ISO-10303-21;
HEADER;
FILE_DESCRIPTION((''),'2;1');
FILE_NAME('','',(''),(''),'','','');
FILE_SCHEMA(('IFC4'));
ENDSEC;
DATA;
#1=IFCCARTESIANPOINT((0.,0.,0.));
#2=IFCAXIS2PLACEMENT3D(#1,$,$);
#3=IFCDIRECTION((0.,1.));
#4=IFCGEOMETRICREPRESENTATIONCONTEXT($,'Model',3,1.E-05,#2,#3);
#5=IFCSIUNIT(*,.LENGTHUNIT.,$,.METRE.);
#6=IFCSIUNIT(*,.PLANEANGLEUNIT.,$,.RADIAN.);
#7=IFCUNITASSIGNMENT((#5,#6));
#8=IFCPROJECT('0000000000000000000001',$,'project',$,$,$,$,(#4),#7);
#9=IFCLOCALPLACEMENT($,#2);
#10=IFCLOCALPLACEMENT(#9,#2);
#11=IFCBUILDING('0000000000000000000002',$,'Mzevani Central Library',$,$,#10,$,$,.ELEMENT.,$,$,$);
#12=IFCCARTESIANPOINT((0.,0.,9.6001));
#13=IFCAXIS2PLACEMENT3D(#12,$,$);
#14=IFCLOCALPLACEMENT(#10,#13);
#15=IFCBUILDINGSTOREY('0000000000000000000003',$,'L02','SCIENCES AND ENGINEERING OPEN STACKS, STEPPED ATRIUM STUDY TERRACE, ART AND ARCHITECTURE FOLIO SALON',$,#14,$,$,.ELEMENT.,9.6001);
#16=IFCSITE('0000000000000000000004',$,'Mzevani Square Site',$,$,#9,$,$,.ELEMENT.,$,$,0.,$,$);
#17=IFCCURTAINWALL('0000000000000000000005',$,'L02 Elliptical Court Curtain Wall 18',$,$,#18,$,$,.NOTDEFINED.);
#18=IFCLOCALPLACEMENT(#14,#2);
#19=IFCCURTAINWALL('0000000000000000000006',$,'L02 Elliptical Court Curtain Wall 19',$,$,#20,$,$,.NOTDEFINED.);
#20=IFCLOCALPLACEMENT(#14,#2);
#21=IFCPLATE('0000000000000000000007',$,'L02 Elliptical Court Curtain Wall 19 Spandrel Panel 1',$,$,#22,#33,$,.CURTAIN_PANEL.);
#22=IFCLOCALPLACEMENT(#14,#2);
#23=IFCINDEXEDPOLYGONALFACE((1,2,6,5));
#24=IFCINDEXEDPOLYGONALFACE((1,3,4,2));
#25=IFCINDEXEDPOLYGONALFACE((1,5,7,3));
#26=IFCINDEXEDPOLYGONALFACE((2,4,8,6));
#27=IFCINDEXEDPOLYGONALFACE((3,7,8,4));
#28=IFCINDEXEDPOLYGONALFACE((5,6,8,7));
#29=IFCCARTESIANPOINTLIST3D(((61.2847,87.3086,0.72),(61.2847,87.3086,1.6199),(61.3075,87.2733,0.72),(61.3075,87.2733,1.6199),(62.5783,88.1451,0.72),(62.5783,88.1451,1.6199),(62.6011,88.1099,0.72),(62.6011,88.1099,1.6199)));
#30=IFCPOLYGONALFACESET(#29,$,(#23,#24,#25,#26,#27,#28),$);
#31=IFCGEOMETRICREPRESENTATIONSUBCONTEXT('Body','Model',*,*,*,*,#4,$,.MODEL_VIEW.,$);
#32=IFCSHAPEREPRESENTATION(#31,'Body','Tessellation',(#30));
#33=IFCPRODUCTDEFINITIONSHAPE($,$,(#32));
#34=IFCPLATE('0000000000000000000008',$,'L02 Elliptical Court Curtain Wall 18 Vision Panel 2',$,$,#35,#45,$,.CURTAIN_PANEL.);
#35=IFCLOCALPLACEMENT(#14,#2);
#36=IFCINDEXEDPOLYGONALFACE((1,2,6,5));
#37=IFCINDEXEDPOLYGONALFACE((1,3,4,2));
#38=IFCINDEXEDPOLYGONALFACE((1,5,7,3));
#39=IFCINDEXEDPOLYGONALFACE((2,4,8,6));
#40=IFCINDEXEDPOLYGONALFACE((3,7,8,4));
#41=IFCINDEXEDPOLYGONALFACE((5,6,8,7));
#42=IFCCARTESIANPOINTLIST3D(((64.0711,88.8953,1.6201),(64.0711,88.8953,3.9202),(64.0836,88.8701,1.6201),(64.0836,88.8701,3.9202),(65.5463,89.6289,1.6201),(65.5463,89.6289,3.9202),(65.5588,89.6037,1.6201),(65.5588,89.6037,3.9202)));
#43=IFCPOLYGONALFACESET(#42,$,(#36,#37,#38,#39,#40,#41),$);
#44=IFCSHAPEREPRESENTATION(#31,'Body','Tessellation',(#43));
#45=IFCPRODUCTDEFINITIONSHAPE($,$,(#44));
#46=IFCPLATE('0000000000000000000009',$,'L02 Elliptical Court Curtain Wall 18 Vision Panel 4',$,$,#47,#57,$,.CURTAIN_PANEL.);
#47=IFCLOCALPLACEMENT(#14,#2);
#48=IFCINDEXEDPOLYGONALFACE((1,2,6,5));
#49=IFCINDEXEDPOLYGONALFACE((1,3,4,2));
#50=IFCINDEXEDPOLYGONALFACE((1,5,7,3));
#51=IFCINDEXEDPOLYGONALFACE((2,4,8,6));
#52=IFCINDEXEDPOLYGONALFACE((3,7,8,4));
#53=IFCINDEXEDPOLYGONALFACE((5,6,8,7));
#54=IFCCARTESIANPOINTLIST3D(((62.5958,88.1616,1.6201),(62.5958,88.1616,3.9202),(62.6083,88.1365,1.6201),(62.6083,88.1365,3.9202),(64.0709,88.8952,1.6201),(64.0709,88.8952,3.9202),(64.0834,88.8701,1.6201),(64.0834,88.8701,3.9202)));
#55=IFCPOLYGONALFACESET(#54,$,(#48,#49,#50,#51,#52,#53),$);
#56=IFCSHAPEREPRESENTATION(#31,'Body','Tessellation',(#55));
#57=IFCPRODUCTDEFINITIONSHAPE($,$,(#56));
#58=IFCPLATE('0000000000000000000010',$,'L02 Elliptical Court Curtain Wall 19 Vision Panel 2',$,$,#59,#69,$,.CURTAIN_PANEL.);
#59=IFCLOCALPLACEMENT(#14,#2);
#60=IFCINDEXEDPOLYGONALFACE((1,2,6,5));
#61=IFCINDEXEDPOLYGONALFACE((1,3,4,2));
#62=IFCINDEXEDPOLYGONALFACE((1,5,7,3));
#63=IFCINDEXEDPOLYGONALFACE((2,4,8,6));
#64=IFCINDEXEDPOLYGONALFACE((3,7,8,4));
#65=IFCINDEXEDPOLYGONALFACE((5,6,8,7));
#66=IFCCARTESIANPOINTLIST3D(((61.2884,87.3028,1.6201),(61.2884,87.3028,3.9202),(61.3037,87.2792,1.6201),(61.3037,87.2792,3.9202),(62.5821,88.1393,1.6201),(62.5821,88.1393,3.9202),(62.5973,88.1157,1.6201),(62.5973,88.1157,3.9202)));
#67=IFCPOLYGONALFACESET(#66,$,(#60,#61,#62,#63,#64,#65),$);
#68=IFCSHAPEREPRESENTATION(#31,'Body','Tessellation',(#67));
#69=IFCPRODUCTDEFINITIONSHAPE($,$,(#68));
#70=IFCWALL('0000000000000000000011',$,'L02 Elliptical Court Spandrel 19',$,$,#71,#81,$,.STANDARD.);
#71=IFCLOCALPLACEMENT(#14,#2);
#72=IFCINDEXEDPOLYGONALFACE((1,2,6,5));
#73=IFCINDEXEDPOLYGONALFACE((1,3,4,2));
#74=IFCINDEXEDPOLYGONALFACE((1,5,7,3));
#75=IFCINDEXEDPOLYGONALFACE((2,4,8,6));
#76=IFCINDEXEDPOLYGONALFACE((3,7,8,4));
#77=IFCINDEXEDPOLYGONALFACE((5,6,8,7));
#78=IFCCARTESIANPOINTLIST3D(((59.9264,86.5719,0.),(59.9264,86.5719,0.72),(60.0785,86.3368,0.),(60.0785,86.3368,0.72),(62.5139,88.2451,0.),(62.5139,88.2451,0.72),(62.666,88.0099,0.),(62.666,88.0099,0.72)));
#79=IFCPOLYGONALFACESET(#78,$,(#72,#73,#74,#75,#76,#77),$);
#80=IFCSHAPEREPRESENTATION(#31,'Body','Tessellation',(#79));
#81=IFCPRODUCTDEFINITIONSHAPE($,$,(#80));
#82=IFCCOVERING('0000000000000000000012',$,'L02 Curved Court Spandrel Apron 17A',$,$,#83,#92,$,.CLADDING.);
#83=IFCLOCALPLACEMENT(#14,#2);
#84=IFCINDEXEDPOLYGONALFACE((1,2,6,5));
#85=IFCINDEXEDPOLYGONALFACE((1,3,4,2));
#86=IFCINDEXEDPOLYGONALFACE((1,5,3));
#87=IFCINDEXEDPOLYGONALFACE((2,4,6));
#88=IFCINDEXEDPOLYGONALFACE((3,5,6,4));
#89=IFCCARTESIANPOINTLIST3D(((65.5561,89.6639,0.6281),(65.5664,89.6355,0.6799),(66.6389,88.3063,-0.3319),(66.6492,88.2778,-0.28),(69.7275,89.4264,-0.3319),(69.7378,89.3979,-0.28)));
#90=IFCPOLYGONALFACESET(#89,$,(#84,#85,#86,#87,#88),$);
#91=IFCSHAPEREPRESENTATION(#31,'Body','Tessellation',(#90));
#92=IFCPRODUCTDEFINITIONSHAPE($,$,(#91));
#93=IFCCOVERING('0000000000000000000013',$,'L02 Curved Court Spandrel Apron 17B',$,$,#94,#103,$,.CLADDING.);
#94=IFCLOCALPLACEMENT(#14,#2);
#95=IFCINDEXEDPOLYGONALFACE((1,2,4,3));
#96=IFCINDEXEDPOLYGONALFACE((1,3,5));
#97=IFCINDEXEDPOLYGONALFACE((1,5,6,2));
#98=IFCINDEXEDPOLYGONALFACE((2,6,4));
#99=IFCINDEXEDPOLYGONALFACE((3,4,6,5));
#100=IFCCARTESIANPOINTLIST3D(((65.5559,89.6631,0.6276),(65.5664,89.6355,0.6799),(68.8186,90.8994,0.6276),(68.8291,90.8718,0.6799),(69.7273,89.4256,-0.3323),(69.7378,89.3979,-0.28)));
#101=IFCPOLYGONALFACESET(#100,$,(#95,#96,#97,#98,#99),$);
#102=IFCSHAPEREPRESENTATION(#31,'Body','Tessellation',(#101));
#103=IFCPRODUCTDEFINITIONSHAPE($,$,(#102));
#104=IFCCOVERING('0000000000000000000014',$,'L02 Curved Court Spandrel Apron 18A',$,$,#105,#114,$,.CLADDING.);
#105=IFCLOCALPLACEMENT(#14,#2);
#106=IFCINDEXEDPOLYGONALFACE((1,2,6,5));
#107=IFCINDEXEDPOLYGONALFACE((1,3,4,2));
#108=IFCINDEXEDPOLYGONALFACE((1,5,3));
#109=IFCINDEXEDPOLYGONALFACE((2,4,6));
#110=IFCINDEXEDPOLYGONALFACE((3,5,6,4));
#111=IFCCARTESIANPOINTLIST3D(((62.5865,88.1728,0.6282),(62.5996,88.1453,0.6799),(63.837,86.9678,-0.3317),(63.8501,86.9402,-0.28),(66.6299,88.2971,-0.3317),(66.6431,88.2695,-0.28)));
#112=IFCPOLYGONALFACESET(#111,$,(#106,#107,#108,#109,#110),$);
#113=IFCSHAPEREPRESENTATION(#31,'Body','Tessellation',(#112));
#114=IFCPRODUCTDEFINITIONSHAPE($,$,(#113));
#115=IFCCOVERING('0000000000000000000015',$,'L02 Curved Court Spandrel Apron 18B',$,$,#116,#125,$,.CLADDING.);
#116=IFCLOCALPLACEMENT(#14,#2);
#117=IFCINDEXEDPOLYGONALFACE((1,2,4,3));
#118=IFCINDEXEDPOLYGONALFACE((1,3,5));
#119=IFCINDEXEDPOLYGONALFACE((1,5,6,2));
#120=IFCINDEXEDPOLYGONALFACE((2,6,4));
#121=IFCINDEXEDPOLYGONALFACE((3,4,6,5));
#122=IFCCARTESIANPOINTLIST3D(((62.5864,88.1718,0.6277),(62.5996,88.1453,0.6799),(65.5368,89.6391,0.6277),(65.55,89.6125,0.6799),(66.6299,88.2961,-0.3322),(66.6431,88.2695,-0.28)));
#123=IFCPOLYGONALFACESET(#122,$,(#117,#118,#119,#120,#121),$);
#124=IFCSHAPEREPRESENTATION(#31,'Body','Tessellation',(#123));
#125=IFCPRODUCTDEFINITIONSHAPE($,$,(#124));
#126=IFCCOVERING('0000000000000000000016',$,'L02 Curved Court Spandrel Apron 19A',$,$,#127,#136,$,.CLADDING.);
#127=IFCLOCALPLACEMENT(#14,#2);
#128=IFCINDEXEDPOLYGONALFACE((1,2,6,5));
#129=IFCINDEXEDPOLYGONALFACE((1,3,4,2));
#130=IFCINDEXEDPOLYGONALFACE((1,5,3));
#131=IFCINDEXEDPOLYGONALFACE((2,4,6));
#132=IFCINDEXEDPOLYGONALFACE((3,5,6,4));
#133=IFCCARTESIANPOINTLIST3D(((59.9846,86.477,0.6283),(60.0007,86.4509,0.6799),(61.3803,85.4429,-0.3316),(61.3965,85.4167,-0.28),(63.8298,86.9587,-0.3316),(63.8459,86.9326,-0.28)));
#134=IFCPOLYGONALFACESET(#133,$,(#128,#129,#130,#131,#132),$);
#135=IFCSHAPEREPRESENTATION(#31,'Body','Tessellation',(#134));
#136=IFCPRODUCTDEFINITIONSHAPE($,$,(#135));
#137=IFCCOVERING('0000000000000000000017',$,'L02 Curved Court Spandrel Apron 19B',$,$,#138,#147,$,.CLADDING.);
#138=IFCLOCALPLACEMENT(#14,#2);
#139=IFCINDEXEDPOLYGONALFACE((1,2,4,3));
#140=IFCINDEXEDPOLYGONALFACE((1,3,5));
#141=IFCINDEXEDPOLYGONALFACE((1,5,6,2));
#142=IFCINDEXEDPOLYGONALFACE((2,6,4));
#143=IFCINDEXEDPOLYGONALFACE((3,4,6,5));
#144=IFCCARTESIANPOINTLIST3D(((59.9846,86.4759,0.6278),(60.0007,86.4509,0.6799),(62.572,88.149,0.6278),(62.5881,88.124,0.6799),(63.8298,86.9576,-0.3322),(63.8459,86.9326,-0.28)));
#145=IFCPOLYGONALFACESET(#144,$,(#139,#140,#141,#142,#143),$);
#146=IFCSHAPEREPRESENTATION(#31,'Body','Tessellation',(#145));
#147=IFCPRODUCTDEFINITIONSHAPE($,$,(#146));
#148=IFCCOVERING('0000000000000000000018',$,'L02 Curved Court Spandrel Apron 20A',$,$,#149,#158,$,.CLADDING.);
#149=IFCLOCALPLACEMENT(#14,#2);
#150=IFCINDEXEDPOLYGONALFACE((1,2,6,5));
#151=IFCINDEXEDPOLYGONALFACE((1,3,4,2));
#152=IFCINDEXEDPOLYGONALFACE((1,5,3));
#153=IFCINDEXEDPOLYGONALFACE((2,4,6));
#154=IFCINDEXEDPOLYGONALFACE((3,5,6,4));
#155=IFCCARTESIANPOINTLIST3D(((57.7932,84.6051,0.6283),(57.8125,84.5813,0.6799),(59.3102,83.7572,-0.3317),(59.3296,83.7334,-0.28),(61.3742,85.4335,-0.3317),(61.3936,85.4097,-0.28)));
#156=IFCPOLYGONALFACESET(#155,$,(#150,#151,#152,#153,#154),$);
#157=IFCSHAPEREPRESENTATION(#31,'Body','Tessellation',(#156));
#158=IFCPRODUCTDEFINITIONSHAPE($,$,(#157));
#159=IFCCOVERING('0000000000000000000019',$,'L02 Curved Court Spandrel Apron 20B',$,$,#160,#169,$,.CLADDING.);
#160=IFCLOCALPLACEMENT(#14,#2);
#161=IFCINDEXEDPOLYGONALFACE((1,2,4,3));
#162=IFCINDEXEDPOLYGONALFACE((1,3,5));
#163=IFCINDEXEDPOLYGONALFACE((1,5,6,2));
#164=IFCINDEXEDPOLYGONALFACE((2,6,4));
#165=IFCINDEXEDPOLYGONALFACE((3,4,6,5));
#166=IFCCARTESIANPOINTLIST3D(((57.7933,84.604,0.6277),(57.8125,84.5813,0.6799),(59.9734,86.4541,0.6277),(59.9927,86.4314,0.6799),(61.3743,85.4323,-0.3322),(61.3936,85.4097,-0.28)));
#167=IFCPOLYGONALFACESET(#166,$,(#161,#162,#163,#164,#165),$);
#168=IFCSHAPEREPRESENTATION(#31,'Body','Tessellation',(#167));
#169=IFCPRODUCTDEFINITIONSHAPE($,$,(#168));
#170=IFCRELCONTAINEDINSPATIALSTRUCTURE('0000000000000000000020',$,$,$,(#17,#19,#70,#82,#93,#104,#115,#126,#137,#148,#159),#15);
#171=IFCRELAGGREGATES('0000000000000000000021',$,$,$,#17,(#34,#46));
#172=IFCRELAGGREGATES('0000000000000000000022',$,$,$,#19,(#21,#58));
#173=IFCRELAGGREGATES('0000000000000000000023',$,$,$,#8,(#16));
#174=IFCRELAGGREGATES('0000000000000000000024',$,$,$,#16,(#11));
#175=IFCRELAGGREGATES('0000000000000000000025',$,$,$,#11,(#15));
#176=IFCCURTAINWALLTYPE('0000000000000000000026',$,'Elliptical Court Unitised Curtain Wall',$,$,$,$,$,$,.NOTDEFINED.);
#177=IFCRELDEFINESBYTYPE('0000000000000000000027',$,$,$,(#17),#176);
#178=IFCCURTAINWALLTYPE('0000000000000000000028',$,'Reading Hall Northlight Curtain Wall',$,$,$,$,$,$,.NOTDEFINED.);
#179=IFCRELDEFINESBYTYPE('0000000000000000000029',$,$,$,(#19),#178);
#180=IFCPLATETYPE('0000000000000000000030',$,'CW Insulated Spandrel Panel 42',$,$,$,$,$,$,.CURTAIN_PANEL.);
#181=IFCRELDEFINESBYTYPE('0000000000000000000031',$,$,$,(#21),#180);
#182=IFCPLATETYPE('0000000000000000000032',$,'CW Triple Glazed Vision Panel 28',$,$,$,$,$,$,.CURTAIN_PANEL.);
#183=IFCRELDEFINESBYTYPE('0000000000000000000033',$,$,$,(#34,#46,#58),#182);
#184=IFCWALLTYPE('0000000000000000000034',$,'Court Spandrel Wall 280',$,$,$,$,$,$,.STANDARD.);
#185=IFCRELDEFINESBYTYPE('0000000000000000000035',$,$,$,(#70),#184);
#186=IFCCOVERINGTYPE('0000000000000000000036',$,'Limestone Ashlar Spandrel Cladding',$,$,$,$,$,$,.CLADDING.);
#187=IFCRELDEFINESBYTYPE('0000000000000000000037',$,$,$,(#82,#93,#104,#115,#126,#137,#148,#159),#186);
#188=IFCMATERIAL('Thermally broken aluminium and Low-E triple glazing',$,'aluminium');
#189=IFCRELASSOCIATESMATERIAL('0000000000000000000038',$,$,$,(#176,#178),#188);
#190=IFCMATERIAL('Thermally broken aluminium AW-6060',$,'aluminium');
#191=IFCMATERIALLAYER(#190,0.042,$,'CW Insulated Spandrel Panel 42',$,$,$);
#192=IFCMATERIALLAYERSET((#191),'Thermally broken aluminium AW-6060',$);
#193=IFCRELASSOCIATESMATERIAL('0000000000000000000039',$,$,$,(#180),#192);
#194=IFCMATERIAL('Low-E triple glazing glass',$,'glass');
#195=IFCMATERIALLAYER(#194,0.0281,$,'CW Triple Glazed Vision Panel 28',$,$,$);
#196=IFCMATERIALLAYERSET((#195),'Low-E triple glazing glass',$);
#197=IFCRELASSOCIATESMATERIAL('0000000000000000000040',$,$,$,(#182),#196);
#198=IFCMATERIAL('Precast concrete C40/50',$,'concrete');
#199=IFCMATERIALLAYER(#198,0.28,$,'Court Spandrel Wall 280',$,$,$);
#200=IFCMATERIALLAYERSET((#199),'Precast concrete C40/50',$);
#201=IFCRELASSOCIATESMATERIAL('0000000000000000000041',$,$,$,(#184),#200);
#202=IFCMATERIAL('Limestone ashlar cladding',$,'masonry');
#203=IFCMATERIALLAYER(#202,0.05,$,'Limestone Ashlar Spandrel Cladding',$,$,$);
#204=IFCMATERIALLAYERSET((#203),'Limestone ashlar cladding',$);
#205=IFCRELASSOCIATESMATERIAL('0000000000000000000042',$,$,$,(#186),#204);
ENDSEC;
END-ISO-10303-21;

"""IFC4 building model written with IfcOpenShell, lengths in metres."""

from ifc_helpers import new_model, si_unit, direction, frame, frame_2d, origin, origin_2d, place, context, subcontext, project, spatial, polyline, rectangle, outline, extrude, material, layer, layer_set, type_object, element, aggregate, save


model = new_model("IFC4")

# Units and contexts
model_context = context("Model", 3, precision=1e-05, world=origin(), true_north=direction((0.0, 1.0)))
body_context = subcontext(model_context, "Body", "Model", "MODEL_VIEW")
ifc_project = project(units=[si_unit("LENGTHUNIT", "METRE"), si_unit("PLANEANGLEUNIT", "RADIAN")], contexts=[model_context])

# Site, building, storey
site_placement = place(None, origin())
site = spatial("IfcSite", under=ifc_project, at=site_placement, Name="Mzevani Square Site", CompositionType="ELEMENT", RefElevation=0.0)
building_placement = place(site_placement, origin())
building = spatial("IfcBuilding", under=site, at=building_placement, Name="Mzevani Central Library", CompositionType="ELEMENT")
storey_placement = place(building_placement, frame((0.0, 0.0, 9.6001)))
storey = spatial("IfcBuildingStorey", under=building, at=storey_placement, Name="L02", Description="SCIENCES AND ENGINEERING OPEN STACKS, STEPPED ATRIUM STUDY TERRACE, ART AND ARCHITECTURE FOLIO SALON", CompositionType="ELEMENT", Elevation=9.6001)

# Curtain wall
ifc_material_1 = material(Name="Thermally broken aluminium and Low-E triple glazing", Category="aluminium")
curtain_wall_type_1 = type_object("IfcCurtainWallType", Name="Elliptical Court Unitised Curtain Wall", PredefinedType="NOTDEFINED", material=ifc_material_1)
curtain_wall_1_placement = place(storey_placement, origin())
curtain_wall_1 = element("IfcCurtainWall", 1, at=curtain_wall_1_placement, inside=storey, type_object=curtain_wall_type_1, Name="L02 Elliptical Court Curtain Wall 18", PredefinedType="NOTDEFINED")
ifc_material_2 = material(Name="Thermally broken aluminium AW-6060", Category="aluminium")

# Curtain wall
curtain_wall_type_2 = type_object("IfcCurtainWallType", Name="Reading Hall Northlight Curtain Wall", PredefinedType="NOTDEFINED", material=ifc_material_1)
curtain_wall_2_placement = place(storey_placement, origin())
curtain_wall_2 = element("IfcCurtainWall", 2, at=curtain_wall_2_placement, inside=storey, type_object=curtain_wall_type_2, Name="L02 Elliptical Court Curtain Wall 19", PredefinedType="NOTDEFINED")

# Plates
ifc_layer_1 = layer(ifc_material_2, 0.042, Name="CW Insulated Spandrel Panel 42")
ifc_layer_set_1 = layer_set([ifc_layer_1], Name="Thermally broken aluminium AW-6060")
plate_type_1 = type_object("IfcPlateType", Name="CW Insulated Spandrel Panel 42", PredefinedType="CURTAIN_PANEL", material=ifc_layer_set_1)
plate_1_placement = place(storey_placement, frame((61.9429, 87.7092, 0.72), z_axis=(0.0, 0.0, 1.0), x_axis=(-0.839733, -0.543, 0.0)))
plate_1 = element("IfcPlate", 3, at=plate_1_placement, type_object=plate_type_1, Name="L02 Elliptical Court Curtain Wall 19 Spandrel Panel 1", PredefinedType="CURTAIN_PANEL", context=body_context, shape_type="SweptSolid", body=[
    extrude(rectangle(XDim=1.5405, YDim=0.042, at=origin_2d()), origin(), (0.0, 0.0, 1.0), 0.8999),
])
ifc_material_3 = material(Name="Low-E triple glazing glass", Category="glass")
ifc_layer_2 = layer(ifc_material_3, 0.0281, Name="CW Triple Glazed Vision Panel 28")
ifc_layer_set_2 = layer_set([ifc_layer_2], Name="Low-E triple glazing glass")
plate_type_2 = type_object("IfcPlateType", Name="CW Triple Glazed Vision Panel 28", PredefinedType="CURTAIN_PANEL", material=ifc_layer_set_2)
plate_2_placement = place(storey_placement, frame((64.8149, 89.2495, 1.6201), z_axis=(0.0, 0.0, 1.0), x_axis=(-0.89539, -0.445282, 0.0)))
plate_2 = element("IfcPlate", 4, at=plate_2_placement, type_object=plate_type_2, Name="L02 Elliptical Court Curtain Wall 18 Vision Panel 2", PredefinedType="CURTAIN_PANEL", context=body_context, shape_type="SweptSolid", body=[
    extrude(rectangle(XDim=1.6475, YDim=0.0281, at=origin_2d()), origin(), (0.0, 0.0, 1.0), 2.3),
])
plate_3_placement = place(storey_placement, frame((63.3396, 88.5159, 1.6201), z_axis=(0.0, 0.0, 1.0), x_axis=(-0.89539, -0.445282, 0.0)))
plate_3 = element("IfcPlate", 5, at=plate_3_placement, type_object=plate_type_2, Name="L02 Elliptical Court Curtain Wall 18 Vision Panel 4", PredefinedType="CURTAIN_PANEL", context=body_context, shape_type="SweptSolid", body=[
    extrude(rectangle(XDim=1.6475, YDim=0.0281, at=origin_2d()), origin(), (0.0, 0.0, 1.0), 2.3),
])
aggregate(curtain_wall_1, [plate_2, plate_3])
plate_4_placement = place(storey_placement, frame((61.9429, 87.7092, 1.6201), z_axis=(0.0, 0.0, 1.0), x_axis=(-0.839733, -0.543, 0.0)))
plate_4 = element("IfcPlate", 6, at=plate_4_placement, type_object=plate_type_2, Name="L02 Elliptical Court Curtain Wall 19 Vision Panel 2", PredefinedType="CURTAIN_PANEL", context=body_context, shape_type="SweptSolid", body=[
    extrude(rectangle(XDim=1.5405, YDim=0.0281, at=origin_2d()), origin(), (0.0, 0.0, 1.0), 2.3),
])
aggregate(curtain_wall_2, [plate_1, plate_4])

# Wall
ifc_material_4 = material(Name="Precast concrete C40/50", Category="concrete")
ifc_layer_3 = layer(ifc_material_4, 0.28, Name="Court Spandrel Wall 280")
ifc_layer_set_3 = layer_set([ifc_layer_3], Name="Precast concrete C40/50")
wall_type = type_object("IfcWallType", Name="Court Spandrel Wall 280", PredefinedType="STANDARD", material=ifc_layer_set_3)
wall_placement = place(storey_placement, frame((62.5898, 88.1274, 0.0), z_axis=(0.0, 0.0, 1.0), x_axis=(-0.839734, -0.542998, 0.0)))
element("IfcWall", 7, at=wall_placement, inside=storey, type_object=wall_type, Name="L02 Elliptical Court Spandrel 19", PredefinedType="STANDARD", context=body_context, shape_type="SweptSolid", body=[
    extrude(rectangle(XDim=3.0813, YDim=0.28, at=frame_2d((1.5405, 0.0))), origin(), (0.0, 0.0, 1.0), 0.72),
])

# Coverings
ifc_material_5 = material(Name="Limestone ashlar cladding", Category="masonry")
ifc_layer_4 = layer(ifc_material_5, 0.05, Name="Limestone Ashlar Spandrel Cladding")
ifc_layer_set_4 = layer_set([ifc_layer_4], Name="Limestone ashlar cladding")
covering_type = type_object("IfcCoveringType", Name="Limestone Ashlar Spandrel Cladding", PredefinedType="CLADDING", material=ifc_layer_set_4)
covering_1_placement = place(storey_placement, frame((69.7378, 89.3979, -0.28), z_axis=(0.171799, -0.47372, 0.863756), x_axis=(-0.940088, -0.340931, 0.0)))
element("IfcCovering", 8, at=covering_1_placement, inside=storey, type_object=covering_type, Name="L02 Curved Court Spandrel Apron 17A", PredefinedType="CLADDING", context=body_context, shape_type="SweptSolid", body=[
    extrude(outline(polyline([(0.0, 0.0), (3.2855, 0.0), (3.8405, -1.905), (0.0, 0.0)])), origin(), (0.0, 0.0, -1.0), 0.0601),
])
covering_2_placement = place(storey_placement, frame((69.7378, 89.3979, -0.28), z_axis=(0.174213, -0.459753, 0.870791), x_axis=(-0.97303, 0.055411, 0.223923)))
element("IfcCovering", 9, at=covering_2_placement, inside=storey, type_object=covering_type, Name="L02 Curved Court Spandrel Apron 17B", PredefinedType="CLADDING", context=body_context, shape_type="SweptSolid", body=[
    extrude(outline(polyline([(0.0, 0.0), (4.287, 0.0), (1.1808, -1.5891), (0.0, 0.0)])), origin(), (0.0, 0.0, -1.0), 0.0601),
])
covering_3_placement = place(storey_placement, frame((66.6431, 88.2695, -0.28), z_axis=(0.218536, -0.459147, 0.861061), x_axis=(-0.902941, -0.429765, 0.0)))
element("IfcCovering", 10, at=covering_3_placement, inside=storey, type_object=covering_type, Name="L02 Curved Court Spandrel Apron 18A", PredefinedType="CLADDING", context=body_context, shape_type="SweptSolid", body=[
    extrude(outline(polyline([(0.0, 0.0), (3.0932, 0.0), (3.7044, -1.8878), (0.0, 0.0)])), origin(), (0.0, 0.0, -1.0), 0.0601),
])
covering_4_placement = place(storey_placement, frame((66.6431, 88.2695, -0.28), z_axis=(0.220005, -0.44239, 0.869418), x_axis=(-0.972521, -0.029889, 0.230887)))
element("IfcCovering", 11, at=covering_4_placement, inside=storey, type_object=covering_type, Name="L02 Curved Court Spandrel Apron 18B", PredefinedType="CLADDING", context=body_context, shape_type="SweptSolid", body=[
    extrude(outline(polyline([(0.0, 0.0), (4.1577, 0.0), (1.2445, -1.5399), (0.0, 0.0)])), origin(), (0.0, 0.0, -1.0), 0.0601),
])
covering_5_placement = place(storey_placement, frame((63.8459, 86.9326, -0.28), z_axis=(0.269019, -0.434702, 0.859455), x_axis=(-0.850337, -0.526238, 0.0)))
element("IfcCovering", 12, at=covering_5_placement, inside=storey, type_object=covering_type, Name="L02 Curved Court Spandrel Apron 19A", PredefinedType="CLADDING", context=body_context, shape_type="SweptSolid", body=[
    extrude(outline(polyline([(0.0, 0.0), (2.8806, 0.0), (3.5232, -1.8778), (0.0, 0.0)])), origin(), (0.0, 0.0, -1.0), 0.0601),
])
covering_6_placement = place(storey_placement, frame((63.8459, 86.9326, -0.28), z_axis=(0.268977, -0.415967, 0.86869), x_axis=(-0.963135, -0.120652, 0.240447)))
element("IfcCovering", 13, at=covering_6_placement, inside=storey, type_object=covering_type, Name="L02 Curved Court Spandrel Apron 19B", PredefinedType="CLADDING", context=body_context, shape_type="SweptSolid", body=[
    extrude(outline(polyline([(0.0, 0.0), (3.9924, 0.0), (1.2985, -1.4956), (0.0, 0.0)])), origin(), (0.0, 0.0, -1.0), 0.0601),
])
covering_7_placement = place(storey_placement, frame((61.3936, 85.4097, -0.28), z_axis=(0.322181, -0.396697, 0.859553), x_axis=(-0.776243, -0.630434, 0.0)))
element("IfcCovering", 14, at=covering_7_placement, inside=storey, type_object=covering_type, Name="L02 Curved Court Spandrel Apron 20A", PredefinedType="CLADDING", context=body_context, shape_type="SweptSolid", body=[
    extrude(outline(polyline([(0.0, 0.0), (2.6589, 0.0), (3.302, -1.8784), (0.0, 0.0)])), origin(), (0.0, 0.0, -1.0), 0.0601),
])
covering_8_placement = place(storey_placement, frame((61.3936, 85.4097, -0.28), z_axis=(0.320224, -0.377356, 0.868942), x_axis=(-0.942655, -0.218055, 0.252694)))
element("IfcCovering", 15, at=covering_8_placement, inside=storey, type_object=covering_type, Name="L02 Curved Court Spandrel Apron 20B", PredefinedType="CLADDING", context=body_context, shape_type="SweptSolid", body=[
    extrude(outline(polyline([(0.0, 0.0), (3.7989, 0.0), (1.3403, -1.4599), (0.0, 0.0)])), origin(), (0.0, 0.0, -1.0), 0.0601),
])

save(model, "model.ifc")
